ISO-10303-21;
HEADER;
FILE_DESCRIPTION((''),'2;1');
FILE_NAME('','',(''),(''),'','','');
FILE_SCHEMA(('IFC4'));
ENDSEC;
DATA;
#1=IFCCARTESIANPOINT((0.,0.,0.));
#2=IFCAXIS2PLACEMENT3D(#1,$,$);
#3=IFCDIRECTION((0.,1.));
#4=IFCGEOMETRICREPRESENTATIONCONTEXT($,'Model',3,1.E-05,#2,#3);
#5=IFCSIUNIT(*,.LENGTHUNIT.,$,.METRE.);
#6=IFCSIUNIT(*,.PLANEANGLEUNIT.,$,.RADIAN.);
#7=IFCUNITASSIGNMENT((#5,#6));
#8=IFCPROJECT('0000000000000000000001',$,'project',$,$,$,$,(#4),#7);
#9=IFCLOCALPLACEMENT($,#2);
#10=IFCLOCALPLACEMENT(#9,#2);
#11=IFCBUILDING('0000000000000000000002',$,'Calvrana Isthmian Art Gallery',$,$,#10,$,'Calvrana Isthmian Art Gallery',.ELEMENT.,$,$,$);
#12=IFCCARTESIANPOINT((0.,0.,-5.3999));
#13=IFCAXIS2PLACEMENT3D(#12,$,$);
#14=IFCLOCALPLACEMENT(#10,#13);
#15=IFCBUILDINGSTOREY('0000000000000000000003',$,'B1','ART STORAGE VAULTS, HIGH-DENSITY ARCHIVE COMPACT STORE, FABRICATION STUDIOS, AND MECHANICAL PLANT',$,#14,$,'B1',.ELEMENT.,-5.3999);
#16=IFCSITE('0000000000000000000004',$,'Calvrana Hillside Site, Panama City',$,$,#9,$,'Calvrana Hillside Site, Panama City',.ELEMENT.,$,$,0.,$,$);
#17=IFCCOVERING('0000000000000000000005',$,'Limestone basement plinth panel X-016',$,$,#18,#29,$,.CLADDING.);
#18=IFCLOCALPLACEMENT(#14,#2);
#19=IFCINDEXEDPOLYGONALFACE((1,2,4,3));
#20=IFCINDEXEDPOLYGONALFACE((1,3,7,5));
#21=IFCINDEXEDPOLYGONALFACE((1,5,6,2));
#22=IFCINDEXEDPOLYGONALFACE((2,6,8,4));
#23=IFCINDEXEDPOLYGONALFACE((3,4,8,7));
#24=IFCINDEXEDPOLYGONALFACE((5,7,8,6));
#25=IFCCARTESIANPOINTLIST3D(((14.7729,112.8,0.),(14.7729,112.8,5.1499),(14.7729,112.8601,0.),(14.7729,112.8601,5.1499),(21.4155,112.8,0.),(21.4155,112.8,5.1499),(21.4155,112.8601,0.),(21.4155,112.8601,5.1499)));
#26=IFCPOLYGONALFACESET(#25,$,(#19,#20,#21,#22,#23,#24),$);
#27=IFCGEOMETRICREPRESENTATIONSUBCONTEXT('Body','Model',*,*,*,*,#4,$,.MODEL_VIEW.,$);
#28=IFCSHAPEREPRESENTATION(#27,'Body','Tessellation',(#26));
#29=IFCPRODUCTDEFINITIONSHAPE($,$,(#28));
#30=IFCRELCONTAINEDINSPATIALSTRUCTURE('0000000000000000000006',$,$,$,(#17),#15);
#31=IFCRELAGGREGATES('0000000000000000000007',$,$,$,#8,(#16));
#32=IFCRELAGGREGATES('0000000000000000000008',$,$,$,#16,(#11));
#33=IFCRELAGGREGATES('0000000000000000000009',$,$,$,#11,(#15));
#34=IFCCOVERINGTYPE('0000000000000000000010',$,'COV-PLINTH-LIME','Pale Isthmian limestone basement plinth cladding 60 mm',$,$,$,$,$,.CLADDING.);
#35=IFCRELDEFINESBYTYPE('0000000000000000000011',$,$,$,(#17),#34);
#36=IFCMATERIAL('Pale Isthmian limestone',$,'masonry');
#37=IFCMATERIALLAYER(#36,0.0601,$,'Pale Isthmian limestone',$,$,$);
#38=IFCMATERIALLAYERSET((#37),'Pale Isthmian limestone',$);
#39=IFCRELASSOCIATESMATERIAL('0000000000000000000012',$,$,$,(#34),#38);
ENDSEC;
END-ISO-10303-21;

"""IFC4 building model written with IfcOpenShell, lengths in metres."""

from ifc_helpers import new_model, si_unit, direction, frame, origin, place, context, subcontext, project, spatial, polyline, outline, extrude, material, layer, layer_set, type_object, element, save


model = new_model("IFC4")

# Units and contexts
model_context = context("Model", 3, precision=1e-05, world=origin(), true_north=direction((0.0, 1.0)))
body_context = subcontext(model_context, "Body", "Model", "MODEL_VIEW")
ifc_project = project(units=[si_unit("LENGTHUNIT", "METRE"), si_unit("PLANEANGLEUNIT", "RADIAN")], contexts=[model_context])

# Site, building, storey
site_placement = place(None, origin())
site = spatial("IfcSite", under=ifc_project, at=site_placement, Name="Calvrana Hillside Site, Panama City", LongName="Calvrana Hillside Site, Panama City", CompositionType="ELEMENT", RefElevation=0.0)
building_placement = place(site_placement, origin())
building = spatial("IfcBuilding", under=site, at=building_placement, Name="Calvrana Isthmian Art Gallery", LongName="Calvrana Isthmian Art Gallery", CompositionType="ELEMENT")
storey_placement = place(building_placement, frame((0.0, 0.0, -5.3999)))
storey = spatial("IfcBuildingStorey", under=building, at=storey_placement, Name="B1", Description="ART STORAGE VAULTS, HIGH-DENSITY ARCHIVE COMPACT STORE, FABRICATION STUDIOS, AND MECHANICAL PLANT", LongName="B1", CompositionType="ELEMENT", Elevation=-5.3999)

# Covering
ifc_material_1 = material(Name="Pale Isthmian limestone", Category="masonry")
ifc_layer = layer(ifc_material_1, 0.0601, Name="Pale Isthmian limestone")
ifc_layer_set = layer_set([ifc_layer], Name="Pale Isthmian limestone")
covering_type = type_object("IfcCoveringType", Name="COV-PLINTH-LIME", Description="Pale Isthmian limestone basement plinth cladding 60 mm", PredefinedType="CLADDING", material=ifc_layer_set)
covering_1_placement = place(storey_placement, origin())
element("IfcCovering", 1, at=covering_1_placement, inside=storey, type_object=covering_type, Name="Limestone basement plinth panel X-016", PredefinedType="CLADDING", context=body_context, shape_type="SweptSolid", body=[
    extrude(outline(polyline([(14.7729, 112.8), (21.4155, 112.8), (21.4155, 112.8601), (14.7729, 112.8601), (14.7729, 112.8)])), origin(), (0.0, 0.0, 1.0), 5.1499),
])

save(model, "model.ifc")
